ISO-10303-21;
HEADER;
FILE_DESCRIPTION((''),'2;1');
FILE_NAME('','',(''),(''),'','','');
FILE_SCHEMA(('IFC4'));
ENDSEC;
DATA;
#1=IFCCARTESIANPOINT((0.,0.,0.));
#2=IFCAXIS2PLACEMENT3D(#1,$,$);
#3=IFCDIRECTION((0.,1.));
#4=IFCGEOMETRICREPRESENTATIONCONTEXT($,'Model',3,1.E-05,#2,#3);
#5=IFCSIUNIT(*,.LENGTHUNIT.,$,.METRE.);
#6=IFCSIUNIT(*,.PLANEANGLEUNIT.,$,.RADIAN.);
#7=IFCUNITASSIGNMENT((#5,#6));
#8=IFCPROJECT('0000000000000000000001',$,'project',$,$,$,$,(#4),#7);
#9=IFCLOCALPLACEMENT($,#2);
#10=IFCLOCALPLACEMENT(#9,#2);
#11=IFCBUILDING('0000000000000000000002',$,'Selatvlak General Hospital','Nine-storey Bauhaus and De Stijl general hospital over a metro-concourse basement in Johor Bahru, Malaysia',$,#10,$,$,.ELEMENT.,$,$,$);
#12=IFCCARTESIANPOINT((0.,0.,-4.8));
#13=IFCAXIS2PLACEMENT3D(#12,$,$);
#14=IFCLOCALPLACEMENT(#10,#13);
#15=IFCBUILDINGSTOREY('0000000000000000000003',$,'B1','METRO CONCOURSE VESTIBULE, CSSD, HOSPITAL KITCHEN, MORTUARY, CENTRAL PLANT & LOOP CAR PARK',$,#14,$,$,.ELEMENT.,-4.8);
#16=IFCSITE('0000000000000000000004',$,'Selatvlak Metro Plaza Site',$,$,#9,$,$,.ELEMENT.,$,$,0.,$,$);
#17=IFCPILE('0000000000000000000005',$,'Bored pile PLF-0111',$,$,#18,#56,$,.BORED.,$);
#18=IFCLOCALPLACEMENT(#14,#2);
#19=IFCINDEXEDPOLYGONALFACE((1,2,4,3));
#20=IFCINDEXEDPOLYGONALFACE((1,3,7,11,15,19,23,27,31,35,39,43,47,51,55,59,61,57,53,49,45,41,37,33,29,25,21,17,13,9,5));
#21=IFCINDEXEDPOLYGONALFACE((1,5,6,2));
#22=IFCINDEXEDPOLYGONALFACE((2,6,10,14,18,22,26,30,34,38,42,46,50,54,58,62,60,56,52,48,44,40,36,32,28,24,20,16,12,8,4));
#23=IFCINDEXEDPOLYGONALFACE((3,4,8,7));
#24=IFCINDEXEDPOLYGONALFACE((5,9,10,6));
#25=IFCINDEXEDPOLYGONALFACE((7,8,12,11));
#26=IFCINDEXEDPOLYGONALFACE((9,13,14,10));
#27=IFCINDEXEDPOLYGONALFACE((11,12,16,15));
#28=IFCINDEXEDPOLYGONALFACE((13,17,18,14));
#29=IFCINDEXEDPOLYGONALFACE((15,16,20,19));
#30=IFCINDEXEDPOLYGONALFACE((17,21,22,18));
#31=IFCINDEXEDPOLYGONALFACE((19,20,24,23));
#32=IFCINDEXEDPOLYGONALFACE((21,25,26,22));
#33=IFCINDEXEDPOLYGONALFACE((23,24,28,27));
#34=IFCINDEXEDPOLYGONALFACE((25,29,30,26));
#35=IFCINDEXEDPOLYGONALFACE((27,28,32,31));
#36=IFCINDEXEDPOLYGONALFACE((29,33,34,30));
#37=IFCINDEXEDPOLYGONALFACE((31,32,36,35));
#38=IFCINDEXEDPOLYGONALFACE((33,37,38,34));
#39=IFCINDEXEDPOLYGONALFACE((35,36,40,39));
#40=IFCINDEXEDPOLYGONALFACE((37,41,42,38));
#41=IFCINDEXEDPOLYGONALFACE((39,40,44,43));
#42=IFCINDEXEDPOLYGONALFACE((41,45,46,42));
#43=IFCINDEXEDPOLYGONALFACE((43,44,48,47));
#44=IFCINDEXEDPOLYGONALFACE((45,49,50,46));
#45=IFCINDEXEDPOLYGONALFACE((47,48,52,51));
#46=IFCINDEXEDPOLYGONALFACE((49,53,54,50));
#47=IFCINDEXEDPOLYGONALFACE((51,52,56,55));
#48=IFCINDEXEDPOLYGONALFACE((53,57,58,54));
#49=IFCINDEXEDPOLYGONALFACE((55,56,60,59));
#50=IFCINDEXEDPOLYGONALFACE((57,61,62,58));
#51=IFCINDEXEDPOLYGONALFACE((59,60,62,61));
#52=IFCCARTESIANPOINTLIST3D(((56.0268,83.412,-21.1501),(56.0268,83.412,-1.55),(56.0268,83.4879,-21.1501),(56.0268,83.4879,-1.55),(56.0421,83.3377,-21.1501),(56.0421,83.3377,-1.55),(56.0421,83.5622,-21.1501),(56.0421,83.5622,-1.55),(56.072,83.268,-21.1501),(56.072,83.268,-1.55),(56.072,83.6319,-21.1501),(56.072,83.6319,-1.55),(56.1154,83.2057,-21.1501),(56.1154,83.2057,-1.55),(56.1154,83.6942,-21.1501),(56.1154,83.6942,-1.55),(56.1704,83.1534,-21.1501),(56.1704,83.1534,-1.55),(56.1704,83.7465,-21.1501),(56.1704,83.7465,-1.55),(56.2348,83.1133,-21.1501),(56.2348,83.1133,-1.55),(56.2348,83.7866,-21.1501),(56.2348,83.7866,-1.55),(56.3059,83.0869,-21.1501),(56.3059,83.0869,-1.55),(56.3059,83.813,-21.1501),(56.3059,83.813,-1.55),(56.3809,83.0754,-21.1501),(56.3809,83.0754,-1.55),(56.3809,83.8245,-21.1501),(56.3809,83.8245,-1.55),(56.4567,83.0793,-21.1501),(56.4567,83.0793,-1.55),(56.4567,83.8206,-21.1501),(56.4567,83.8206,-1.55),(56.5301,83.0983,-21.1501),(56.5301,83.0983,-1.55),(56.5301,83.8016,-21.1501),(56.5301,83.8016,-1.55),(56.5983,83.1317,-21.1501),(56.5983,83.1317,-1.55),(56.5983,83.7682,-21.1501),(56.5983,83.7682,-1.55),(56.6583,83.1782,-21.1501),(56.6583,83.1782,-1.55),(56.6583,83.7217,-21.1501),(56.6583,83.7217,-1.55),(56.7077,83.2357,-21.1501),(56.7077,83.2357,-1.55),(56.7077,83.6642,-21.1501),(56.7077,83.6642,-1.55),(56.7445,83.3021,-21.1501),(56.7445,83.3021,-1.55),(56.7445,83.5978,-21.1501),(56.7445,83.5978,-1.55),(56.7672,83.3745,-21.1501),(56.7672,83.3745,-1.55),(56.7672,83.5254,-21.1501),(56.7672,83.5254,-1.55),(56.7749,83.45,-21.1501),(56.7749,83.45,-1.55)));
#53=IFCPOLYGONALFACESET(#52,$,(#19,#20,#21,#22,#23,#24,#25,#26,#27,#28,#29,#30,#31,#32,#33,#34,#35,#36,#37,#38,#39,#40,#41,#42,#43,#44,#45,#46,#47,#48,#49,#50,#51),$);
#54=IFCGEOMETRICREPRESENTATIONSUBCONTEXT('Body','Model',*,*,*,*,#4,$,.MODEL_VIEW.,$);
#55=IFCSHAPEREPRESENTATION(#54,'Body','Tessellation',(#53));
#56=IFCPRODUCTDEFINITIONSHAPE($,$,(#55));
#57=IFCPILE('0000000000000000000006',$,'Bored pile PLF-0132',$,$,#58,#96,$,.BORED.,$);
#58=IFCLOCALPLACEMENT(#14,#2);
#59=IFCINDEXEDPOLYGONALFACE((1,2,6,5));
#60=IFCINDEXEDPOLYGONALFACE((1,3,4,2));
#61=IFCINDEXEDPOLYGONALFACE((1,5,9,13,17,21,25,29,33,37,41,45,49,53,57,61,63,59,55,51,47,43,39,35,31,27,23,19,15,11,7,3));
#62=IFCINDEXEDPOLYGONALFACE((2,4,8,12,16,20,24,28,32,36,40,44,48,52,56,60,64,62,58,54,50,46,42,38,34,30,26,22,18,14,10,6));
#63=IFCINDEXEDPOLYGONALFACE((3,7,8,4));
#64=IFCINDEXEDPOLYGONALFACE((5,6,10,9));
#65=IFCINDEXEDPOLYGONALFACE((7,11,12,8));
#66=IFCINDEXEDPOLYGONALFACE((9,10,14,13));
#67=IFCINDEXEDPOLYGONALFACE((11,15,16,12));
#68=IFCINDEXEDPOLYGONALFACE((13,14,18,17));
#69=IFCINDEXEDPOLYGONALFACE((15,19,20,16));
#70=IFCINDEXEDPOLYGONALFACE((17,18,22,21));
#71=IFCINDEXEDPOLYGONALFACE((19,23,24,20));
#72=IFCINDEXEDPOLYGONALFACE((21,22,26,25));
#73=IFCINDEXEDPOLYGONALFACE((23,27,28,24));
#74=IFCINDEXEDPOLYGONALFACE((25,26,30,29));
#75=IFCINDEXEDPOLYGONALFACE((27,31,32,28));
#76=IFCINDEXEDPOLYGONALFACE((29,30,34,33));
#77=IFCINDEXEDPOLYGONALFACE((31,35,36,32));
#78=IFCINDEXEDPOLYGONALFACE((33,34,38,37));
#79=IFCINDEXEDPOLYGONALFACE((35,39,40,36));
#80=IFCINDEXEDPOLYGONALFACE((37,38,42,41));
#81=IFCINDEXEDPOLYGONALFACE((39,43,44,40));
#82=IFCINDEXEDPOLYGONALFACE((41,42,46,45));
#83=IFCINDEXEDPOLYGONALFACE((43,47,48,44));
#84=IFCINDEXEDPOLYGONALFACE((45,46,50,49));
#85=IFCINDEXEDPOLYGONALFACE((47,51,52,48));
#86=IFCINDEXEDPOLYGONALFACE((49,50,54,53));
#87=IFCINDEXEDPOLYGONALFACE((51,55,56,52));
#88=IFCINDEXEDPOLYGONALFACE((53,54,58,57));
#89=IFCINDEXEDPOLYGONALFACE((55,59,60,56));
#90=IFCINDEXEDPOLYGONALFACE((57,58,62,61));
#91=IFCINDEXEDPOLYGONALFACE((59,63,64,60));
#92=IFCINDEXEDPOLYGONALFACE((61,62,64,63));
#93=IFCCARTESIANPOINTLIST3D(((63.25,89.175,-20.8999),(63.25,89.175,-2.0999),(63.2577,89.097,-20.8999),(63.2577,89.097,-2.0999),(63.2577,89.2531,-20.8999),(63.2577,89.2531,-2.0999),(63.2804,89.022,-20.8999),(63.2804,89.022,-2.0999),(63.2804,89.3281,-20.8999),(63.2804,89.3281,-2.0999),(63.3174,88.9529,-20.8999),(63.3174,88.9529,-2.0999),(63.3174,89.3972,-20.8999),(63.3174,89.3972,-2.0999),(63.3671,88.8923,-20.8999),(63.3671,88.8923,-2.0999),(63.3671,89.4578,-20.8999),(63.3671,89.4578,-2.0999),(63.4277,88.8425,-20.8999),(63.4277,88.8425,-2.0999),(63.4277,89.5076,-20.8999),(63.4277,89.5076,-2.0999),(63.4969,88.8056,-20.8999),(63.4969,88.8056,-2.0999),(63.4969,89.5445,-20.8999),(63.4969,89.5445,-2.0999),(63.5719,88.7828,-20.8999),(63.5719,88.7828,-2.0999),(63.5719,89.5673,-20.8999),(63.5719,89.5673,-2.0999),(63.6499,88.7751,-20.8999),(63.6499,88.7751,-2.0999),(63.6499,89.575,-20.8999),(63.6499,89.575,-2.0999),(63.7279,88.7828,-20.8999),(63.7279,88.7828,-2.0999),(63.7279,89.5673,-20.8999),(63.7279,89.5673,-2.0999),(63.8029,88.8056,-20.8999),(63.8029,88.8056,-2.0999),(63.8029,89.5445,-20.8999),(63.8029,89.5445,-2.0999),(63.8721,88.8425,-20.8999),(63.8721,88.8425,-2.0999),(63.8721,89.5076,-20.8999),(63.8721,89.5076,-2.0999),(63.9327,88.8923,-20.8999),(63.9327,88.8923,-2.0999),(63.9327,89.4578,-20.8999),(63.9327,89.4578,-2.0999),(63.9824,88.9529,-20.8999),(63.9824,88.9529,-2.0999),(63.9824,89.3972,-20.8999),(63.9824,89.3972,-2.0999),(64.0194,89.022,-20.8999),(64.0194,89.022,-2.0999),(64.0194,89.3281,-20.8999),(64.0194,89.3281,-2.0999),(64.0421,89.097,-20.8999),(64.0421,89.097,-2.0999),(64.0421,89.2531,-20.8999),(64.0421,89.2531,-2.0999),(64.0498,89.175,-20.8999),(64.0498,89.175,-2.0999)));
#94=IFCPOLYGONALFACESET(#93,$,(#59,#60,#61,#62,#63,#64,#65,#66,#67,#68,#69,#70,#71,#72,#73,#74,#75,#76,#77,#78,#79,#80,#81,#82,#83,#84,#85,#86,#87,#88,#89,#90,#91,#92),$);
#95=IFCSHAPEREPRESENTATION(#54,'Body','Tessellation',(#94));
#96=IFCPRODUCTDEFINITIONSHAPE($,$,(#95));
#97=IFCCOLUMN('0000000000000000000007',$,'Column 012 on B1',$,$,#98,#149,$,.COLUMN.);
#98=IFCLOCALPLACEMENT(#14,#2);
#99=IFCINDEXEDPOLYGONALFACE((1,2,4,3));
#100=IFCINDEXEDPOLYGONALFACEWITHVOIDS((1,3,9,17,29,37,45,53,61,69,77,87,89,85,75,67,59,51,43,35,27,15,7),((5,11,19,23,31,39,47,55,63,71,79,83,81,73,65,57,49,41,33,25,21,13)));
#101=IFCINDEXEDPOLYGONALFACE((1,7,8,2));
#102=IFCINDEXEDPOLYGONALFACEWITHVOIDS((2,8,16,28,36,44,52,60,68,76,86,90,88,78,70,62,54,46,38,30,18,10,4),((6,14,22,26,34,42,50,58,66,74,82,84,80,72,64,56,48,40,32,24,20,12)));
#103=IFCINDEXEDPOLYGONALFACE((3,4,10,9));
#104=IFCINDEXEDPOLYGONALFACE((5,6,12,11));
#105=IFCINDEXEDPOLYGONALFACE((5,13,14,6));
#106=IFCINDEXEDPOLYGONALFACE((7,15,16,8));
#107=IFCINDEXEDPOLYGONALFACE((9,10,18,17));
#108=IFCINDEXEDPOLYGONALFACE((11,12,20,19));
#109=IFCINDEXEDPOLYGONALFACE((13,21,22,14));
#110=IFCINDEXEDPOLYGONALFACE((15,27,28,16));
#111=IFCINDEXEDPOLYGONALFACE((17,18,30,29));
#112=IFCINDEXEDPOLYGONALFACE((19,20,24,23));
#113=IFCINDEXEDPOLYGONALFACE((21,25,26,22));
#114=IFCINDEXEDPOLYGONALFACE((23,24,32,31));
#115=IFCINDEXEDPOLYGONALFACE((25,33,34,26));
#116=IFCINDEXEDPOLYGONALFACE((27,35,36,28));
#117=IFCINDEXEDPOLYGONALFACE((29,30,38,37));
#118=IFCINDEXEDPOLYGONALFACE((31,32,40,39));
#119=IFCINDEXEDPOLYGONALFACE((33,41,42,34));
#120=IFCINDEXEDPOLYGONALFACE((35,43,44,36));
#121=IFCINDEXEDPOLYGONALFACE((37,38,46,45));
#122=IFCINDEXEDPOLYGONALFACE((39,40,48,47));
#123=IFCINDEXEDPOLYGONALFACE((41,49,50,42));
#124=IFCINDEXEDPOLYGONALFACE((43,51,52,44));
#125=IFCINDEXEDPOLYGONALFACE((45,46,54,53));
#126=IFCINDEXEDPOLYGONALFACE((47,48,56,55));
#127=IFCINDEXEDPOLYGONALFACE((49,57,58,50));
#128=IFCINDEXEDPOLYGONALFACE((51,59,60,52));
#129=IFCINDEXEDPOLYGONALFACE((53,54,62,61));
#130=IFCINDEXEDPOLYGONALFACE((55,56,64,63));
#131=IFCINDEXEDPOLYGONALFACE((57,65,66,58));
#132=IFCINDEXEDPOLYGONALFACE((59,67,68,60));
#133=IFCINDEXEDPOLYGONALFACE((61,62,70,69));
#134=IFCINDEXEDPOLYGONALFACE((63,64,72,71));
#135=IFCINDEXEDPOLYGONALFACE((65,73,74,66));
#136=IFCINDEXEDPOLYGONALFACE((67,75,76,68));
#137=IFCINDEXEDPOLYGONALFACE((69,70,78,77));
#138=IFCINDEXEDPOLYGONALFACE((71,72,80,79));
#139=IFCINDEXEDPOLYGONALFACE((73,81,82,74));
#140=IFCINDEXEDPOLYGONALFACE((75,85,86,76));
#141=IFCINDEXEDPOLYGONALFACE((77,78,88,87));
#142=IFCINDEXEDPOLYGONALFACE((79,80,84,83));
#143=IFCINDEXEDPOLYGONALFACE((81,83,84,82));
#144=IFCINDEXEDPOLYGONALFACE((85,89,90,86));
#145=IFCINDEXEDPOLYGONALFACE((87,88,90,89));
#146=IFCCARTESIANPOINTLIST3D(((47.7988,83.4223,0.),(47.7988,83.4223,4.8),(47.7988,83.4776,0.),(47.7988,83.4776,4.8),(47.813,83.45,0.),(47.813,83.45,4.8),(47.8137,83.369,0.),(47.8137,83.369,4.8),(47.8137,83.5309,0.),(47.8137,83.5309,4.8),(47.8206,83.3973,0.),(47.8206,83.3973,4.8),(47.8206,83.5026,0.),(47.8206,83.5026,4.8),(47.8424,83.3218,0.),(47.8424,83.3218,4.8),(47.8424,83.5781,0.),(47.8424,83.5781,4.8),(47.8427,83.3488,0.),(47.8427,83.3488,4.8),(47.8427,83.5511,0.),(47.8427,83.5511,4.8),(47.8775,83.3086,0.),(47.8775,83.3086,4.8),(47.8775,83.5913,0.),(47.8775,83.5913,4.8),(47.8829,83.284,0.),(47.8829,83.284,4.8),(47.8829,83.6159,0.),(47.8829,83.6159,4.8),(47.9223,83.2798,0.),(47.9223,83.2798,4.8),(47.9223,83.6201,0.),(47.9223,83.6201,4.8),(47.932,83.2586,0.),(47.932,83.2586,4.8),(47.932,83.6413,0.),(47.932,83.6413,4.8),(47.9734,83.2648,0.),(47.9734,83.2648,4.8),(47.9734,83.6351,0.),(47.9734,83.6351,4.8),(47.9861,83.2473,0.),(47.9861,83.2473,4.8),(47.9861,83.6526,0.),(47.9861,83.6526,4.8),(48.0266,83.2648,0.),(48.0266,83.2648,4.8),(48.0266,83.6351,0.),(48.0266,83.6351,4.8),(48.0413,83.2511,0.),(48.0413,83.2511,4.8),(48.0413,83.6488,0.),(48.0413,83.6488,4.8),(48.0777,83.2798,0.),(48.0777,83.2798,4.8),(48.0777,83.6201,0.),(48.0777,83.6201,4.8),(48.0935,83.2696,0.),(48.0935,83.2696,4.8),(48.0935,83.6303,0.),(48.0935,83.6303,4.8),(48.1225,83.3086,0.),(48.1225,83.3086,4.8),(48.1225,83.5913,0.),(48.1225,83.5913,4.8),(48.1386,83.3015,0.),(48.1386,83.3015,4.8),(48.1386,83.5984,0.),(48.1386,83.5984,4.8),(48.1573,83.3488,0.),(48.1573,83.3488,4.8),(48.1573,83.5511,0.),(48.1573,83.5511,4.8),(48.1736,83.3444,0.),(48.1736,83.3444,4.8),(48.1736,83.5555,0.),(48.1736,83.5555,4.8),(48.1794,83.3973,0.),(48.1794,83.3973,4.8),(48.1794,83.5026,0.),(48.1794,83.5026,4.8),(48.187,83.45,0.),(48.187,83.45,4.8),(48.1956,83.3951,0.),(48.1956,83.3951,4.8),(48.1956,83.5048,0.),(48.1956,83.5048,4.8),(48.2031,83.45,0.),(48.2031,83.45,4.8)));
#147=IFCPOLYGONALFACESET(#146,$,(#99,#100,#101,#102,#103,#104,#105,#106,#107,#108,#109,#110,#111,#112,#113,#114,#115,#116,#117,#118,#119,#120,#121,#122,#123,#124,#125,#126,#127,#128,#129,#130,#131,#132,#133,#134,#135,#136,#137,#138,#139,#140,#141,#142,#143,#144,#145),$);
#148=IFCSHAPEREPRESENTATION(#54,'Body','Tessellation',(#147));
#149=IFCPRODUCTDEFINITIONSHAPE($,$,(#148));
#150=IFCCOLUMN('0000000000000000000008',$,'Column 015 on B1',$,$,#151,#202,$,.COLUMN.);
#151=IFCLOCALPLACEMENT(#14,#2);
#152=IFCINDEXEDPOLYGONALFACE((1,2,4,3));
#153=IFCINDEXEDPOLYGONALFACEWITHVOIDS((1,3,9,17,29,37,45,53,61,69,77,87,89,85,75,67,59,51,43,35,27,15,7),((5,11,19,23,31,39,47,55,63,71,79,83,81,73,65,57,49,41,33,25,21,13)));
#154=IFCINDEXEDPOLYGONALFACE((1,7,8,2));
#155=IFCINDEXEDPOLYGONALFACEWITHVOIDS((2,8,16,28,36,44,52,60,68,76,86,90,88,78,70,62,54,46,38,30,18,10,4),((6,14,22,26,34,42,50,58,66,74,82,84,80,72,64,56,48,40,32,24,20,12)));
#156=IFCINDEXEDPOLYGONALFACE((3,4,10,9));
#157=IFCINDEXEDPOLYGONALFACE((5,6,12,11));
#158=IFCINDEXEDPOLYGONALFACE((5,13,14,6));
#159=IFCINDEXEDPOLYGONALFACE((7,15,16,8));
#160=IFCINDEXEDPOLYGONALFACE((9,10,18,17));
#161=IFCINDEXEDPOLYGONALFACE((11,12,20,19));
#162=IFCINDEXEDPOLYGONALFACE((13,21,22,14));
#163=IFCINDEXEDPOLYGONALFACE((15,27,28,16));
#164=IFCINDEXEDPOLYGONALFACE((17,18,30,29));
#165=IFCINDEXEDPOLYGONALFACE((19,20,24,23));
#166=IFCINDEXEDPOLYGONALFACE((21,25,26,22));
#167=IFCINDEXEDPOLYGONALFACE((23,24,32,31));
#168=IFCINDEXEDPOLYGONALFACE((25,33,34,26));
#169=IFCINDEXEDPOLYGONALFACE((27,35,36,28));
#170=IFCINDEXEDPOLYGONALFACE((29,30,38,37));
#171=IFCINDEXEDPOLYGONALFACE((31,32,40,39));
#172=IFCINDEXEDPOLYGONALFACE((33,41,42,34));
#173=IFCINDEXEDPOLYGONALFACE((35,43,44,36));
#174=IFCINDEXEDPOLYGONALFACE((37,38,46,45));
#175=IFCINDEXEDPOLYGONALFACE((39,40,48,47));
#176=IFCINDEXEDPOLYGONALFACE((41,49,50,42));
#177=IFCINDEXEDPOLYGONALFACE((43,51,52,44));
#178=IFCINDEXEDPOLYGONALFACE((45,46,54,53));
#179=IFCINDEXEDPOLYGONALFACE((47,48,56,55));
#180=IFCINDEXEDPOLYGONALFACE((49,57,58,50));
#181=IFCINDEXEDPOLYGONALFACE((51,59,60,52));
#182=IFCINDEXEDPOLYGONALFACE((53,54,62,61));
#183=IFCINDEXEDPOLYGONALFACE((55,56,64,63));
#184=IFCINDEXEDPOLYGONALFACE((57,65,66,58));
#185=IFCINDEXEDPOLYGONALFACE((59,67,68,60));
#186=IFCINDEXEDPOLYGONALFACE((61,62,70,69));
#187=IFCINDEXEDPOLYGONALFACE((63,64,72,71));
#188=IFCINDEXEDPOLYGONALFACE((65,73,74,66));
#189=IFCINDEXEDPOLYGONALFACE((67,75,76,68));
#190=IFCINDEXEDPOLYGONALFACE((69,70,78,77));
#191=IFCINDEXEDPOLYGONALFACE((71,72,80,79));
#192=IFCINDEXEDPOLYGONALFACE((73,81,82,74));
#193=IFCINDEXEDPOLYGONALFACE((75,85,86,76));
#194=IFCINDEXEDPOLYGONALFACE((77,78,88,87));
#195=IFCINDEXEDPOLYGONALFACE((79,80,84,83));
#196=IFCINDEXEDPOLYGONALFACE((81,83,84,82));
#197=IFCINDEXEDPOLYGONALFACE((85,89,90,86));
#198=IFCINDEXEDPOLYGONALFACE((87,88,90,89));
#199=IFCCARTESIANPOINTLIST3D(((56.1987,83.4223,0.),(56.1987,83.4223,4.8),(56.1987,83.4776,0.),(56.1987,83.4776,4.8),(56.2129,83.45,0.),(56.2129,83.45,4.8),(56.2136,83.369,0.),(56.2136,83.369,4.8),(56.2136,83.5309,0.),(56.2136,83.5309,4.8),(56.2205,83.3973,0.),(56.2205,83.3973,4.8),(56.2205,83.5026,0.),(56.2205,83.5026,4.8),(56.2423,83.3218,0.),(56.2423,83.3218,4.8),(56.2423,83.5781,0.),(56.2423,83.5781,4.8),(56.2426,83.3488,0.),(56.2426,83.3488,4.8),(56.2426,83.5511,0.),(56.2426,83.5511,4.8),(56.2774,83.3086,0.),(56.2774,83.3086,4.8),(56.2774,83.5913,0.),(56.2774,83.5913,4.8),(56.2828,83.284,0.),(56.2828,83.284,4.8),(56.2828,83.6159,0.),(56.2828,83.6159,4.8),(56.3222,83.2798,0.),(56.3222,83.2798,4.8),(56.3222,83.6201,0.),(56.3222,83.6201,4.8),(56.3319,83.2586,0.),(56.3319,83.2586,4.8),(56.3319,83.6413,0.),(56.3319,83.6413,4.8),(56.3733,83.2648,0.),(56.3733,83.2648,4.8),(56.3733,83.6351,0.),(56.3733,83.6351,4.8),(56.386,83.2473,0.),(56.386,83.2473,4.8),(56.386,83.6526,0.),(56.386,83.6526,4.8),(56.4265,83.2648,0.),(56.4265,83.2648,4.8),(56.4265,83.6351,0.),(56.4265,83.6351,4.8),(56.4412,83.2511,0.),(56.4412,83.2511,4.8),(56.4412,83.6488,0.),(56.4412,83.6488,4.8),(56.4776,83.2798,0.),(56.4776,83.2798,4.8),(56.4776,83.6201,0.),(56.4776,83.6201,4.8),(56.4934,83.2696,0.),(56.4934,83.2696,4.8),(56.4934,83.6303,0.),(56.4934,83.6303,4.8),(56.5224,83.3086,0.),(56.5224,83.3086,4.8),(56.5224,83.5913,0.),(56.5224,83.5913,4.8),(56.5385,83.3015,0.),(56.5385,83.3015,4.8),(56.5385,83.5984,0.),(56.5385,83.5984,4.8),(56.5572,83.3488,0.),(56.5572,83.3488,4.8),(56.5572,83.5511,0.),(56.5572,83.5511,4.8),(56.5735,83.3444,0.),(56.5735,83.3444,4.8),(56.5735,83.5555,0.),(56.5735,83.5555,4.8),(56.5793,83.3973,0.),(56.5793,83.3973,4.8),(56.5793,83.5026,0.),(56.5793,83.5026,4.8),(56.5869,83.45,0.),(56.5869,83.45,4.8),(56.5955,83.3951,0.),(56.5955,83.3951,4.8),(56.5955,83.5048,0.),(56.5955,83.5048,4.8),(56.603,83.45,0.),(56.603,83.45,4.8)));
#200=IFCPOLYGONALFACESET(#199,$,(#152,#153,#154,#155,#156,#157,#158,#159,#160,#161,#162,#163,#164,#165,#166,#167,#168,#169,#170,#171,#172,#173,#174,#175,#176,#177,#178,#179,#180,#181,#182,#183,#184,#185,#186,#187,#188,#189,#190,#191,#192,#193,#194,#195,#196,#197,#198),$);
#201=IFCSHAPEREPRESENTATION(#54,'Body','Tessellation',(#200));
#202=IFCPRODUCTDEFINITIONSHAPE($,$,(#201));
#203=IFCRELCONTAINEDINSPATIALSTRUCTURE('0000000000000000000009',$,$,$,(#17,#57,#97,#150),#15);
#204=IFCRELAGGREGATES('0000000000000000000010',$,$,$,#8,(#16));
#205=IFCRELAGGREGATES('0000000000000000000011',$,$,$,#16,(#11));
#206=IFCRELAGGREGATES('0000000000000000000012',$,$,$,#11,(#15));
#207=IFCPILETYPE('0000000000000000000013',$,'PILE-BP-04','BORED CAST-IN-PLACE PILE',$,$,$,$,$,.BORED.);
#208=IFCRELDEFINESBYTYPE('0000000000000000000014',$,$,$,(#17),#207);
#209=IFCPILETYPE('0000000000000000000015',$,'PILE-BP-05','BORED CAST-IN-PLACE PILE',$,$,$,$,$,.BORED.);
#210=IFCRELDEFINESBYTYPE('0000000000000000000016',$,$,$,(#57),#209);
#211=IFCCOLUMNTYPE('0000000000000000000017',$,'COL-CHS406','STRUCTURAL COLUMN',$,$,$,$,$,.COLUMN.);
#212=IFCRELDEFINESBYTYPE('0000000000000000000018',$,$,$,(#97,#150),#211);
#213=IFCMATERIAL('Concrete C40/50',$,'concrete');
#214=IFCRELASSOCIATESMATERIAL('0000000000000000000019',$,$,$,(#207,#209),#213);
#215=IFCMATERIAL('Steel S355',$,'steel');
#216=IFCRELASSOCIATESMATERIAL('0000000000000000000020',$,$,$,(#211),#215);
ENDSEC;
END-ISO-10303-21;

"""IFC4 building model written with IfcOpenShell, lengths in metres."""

from ifc_helpers import new_model, si_unit, direction, frame, origin, origin_2d, place, context, subcontext, project, spatial, circle, hollow_circle, extrude, material, material_profile, profile_set, type_object, element, save


model = new_model("IFC4")

# Units and contexts
model_context = context("Model", 3, precision=1e-05, world=origin(), true_north=direction((0.0, 1.0)))
body_context = subcontext(model_context, "Body", "Model", "MODEL_VIEW")
ifc_project = project(units=[si_unit("LENGTHUNIT", "METRE"), si_unit("PLANEANGLEUNIT", "RADIAN")], contexts=[model_context])

# Site, building, storey
site_placement = place(None, origin())
site = spatial("IfcSite", under=ifc_project, at=site_placement, Name="Selatvlak Metro Plaza Site", CompositionType="ELEMENT", RefElevation=0.0)
building_placement = place(site_placement, origin())
building = spatial("IfcBuilding", under=site, at=building_placement, Name="Selatvlak General Hospital", Description="Nine-storey Bauhaus and De Stijl general hospital over a metro-concourse basement in Johor Bahru, Malaysia", CompositionType="ELEMENT")
storey_placement = place(building_placement, frame((0.0, 0.0, -4.8)))
storey = spatial("IfcBuildingStorey", under=building, at=storey_placement, Name="B1", Description="METRO CONCOURSE VESTIBULE, CSSD, HOSPITAL KITCHEN, MORTUARY, CENTRAL PLANT & LOOP CAR PARK", CompositionType="ELEMENT", Elevation=-4.8)

# Shared definitions
ifc_material_1 = material(Name="Concrete C40/50", Category="concrete")

# Piles
ifc_material_profile_1 = material_profile(ifc_material_1, circle(Radius=0.375, at=origin_2d()), Name="BORED PILE 750")
ifc_profile_set_1 = profile_set([ifc_material_profile_1], Name="Concrete C40/50")
pile_type_1 = type_object("IfcPileType", Name="PILE-BP-04", Description="BORED CAST-IN-PLACE PILE", PredefinedType="BORED", material=ifc_profile_set_1)
for number, where, z_axis, x_axis, name in (
    (1, (56.3999, 83.45, -1.55), (0.0, 0.0, -1.0), (1.0, 0.0, 0.0), "Bored pile PLF-0111"),
):
    element("IfcPile", number, at=place(storey_placement, frame(where, z_axis=z_axis, x_axis=x_axis)), inside=storey, type_object=pile_type_1, Name=name, PredefinedType="BORED", context=body_context, shape_type="SweptSolid", body=[
        extrude(circle(Radius=0.375, at=origin_2d()), origin(), (0.0, 0.0, 1.0), 19.6001),
    ])
ifc_material_profile_2 = material_profile(ifc_material_1, circle(Radius=0.3999, at=origin_2d()), Name="BORED PILE 800")
ifc_profile_set_2 = profile_set([ifc_material_profile_2], Name="Concrete C40/50")
pile_type_2 = type_object("IfcPileType", Name="PILE-BP-05", Description="BORED CAST-IN-PLACE PILE", PredefinedType="BORED", material=ifc_profile_set_2)
pile_1_placement = place(storey_placement, frame((63.6499, 89.175, -2.0999), z_axis=(0.0, 0.0, -1.0), x_axis=(1.0, 0.0, 0.0)))
element("IfcPile", 2, at=pile_1_placement, inside=storey, type_object=pile_type_2, Name="Bored pile PLF-0132", PredefinedType="BORED", context=body_context, shape_type="SweptSolid", body=[
    extrude(circle(Radius=0.3999, at=origin_2d()), origin(), (0.0, 0.0, 1.0), 18.8),
])

# Columns
ifc_material_2 = material(Name="Steel S355", Category="steel")
ifc_material_profile_3 = material_profile(ifc_material_2, hollow_circle(Radius=0.2031, WallThickness=0.0161, at=origin_2d()), Name="CHS 406.4x16")
ifc_profile_set_3 = profile_set([ifc_material_profile_3], Name="Steel S355")
column_type_1 = type_object("IfcColumnType", Name="COL-CHS406", Description="STRUCTURAL COLUMN", PredefinedType="COLUMN", material=ifc_profile_set_3)
for number, where, z_axis, x_axis, name in (
    (3, (48.0, 83.45, 0.0), (0.0, 0.0, 1.0), (1.0, 0.0, 0.0), "Column 012 on B1"),
    (4, (56.3999, 83.45, 0.0), (0.0, 0.0, 1.0), (1.0, 0.0, 0.0), "Column 015 on B1"),
):
    element("IfcColumn", number, at=place(storey_placement, frame(where, z_axis=z_axis, x_axis=x_axis)), inside=storey, type_object=column_type_1, Name=name, PredefinedType="COLUMN", context=body_context, shape_type="SweptSolid", body=[
        extrude(hollow_circle(Radius=0.2031, WallThickness=0.0161, at=origin_2d()), origin(), (0.0, 0.0, 1.0), 4.8),
    ])

save(model, "model.ifc")
